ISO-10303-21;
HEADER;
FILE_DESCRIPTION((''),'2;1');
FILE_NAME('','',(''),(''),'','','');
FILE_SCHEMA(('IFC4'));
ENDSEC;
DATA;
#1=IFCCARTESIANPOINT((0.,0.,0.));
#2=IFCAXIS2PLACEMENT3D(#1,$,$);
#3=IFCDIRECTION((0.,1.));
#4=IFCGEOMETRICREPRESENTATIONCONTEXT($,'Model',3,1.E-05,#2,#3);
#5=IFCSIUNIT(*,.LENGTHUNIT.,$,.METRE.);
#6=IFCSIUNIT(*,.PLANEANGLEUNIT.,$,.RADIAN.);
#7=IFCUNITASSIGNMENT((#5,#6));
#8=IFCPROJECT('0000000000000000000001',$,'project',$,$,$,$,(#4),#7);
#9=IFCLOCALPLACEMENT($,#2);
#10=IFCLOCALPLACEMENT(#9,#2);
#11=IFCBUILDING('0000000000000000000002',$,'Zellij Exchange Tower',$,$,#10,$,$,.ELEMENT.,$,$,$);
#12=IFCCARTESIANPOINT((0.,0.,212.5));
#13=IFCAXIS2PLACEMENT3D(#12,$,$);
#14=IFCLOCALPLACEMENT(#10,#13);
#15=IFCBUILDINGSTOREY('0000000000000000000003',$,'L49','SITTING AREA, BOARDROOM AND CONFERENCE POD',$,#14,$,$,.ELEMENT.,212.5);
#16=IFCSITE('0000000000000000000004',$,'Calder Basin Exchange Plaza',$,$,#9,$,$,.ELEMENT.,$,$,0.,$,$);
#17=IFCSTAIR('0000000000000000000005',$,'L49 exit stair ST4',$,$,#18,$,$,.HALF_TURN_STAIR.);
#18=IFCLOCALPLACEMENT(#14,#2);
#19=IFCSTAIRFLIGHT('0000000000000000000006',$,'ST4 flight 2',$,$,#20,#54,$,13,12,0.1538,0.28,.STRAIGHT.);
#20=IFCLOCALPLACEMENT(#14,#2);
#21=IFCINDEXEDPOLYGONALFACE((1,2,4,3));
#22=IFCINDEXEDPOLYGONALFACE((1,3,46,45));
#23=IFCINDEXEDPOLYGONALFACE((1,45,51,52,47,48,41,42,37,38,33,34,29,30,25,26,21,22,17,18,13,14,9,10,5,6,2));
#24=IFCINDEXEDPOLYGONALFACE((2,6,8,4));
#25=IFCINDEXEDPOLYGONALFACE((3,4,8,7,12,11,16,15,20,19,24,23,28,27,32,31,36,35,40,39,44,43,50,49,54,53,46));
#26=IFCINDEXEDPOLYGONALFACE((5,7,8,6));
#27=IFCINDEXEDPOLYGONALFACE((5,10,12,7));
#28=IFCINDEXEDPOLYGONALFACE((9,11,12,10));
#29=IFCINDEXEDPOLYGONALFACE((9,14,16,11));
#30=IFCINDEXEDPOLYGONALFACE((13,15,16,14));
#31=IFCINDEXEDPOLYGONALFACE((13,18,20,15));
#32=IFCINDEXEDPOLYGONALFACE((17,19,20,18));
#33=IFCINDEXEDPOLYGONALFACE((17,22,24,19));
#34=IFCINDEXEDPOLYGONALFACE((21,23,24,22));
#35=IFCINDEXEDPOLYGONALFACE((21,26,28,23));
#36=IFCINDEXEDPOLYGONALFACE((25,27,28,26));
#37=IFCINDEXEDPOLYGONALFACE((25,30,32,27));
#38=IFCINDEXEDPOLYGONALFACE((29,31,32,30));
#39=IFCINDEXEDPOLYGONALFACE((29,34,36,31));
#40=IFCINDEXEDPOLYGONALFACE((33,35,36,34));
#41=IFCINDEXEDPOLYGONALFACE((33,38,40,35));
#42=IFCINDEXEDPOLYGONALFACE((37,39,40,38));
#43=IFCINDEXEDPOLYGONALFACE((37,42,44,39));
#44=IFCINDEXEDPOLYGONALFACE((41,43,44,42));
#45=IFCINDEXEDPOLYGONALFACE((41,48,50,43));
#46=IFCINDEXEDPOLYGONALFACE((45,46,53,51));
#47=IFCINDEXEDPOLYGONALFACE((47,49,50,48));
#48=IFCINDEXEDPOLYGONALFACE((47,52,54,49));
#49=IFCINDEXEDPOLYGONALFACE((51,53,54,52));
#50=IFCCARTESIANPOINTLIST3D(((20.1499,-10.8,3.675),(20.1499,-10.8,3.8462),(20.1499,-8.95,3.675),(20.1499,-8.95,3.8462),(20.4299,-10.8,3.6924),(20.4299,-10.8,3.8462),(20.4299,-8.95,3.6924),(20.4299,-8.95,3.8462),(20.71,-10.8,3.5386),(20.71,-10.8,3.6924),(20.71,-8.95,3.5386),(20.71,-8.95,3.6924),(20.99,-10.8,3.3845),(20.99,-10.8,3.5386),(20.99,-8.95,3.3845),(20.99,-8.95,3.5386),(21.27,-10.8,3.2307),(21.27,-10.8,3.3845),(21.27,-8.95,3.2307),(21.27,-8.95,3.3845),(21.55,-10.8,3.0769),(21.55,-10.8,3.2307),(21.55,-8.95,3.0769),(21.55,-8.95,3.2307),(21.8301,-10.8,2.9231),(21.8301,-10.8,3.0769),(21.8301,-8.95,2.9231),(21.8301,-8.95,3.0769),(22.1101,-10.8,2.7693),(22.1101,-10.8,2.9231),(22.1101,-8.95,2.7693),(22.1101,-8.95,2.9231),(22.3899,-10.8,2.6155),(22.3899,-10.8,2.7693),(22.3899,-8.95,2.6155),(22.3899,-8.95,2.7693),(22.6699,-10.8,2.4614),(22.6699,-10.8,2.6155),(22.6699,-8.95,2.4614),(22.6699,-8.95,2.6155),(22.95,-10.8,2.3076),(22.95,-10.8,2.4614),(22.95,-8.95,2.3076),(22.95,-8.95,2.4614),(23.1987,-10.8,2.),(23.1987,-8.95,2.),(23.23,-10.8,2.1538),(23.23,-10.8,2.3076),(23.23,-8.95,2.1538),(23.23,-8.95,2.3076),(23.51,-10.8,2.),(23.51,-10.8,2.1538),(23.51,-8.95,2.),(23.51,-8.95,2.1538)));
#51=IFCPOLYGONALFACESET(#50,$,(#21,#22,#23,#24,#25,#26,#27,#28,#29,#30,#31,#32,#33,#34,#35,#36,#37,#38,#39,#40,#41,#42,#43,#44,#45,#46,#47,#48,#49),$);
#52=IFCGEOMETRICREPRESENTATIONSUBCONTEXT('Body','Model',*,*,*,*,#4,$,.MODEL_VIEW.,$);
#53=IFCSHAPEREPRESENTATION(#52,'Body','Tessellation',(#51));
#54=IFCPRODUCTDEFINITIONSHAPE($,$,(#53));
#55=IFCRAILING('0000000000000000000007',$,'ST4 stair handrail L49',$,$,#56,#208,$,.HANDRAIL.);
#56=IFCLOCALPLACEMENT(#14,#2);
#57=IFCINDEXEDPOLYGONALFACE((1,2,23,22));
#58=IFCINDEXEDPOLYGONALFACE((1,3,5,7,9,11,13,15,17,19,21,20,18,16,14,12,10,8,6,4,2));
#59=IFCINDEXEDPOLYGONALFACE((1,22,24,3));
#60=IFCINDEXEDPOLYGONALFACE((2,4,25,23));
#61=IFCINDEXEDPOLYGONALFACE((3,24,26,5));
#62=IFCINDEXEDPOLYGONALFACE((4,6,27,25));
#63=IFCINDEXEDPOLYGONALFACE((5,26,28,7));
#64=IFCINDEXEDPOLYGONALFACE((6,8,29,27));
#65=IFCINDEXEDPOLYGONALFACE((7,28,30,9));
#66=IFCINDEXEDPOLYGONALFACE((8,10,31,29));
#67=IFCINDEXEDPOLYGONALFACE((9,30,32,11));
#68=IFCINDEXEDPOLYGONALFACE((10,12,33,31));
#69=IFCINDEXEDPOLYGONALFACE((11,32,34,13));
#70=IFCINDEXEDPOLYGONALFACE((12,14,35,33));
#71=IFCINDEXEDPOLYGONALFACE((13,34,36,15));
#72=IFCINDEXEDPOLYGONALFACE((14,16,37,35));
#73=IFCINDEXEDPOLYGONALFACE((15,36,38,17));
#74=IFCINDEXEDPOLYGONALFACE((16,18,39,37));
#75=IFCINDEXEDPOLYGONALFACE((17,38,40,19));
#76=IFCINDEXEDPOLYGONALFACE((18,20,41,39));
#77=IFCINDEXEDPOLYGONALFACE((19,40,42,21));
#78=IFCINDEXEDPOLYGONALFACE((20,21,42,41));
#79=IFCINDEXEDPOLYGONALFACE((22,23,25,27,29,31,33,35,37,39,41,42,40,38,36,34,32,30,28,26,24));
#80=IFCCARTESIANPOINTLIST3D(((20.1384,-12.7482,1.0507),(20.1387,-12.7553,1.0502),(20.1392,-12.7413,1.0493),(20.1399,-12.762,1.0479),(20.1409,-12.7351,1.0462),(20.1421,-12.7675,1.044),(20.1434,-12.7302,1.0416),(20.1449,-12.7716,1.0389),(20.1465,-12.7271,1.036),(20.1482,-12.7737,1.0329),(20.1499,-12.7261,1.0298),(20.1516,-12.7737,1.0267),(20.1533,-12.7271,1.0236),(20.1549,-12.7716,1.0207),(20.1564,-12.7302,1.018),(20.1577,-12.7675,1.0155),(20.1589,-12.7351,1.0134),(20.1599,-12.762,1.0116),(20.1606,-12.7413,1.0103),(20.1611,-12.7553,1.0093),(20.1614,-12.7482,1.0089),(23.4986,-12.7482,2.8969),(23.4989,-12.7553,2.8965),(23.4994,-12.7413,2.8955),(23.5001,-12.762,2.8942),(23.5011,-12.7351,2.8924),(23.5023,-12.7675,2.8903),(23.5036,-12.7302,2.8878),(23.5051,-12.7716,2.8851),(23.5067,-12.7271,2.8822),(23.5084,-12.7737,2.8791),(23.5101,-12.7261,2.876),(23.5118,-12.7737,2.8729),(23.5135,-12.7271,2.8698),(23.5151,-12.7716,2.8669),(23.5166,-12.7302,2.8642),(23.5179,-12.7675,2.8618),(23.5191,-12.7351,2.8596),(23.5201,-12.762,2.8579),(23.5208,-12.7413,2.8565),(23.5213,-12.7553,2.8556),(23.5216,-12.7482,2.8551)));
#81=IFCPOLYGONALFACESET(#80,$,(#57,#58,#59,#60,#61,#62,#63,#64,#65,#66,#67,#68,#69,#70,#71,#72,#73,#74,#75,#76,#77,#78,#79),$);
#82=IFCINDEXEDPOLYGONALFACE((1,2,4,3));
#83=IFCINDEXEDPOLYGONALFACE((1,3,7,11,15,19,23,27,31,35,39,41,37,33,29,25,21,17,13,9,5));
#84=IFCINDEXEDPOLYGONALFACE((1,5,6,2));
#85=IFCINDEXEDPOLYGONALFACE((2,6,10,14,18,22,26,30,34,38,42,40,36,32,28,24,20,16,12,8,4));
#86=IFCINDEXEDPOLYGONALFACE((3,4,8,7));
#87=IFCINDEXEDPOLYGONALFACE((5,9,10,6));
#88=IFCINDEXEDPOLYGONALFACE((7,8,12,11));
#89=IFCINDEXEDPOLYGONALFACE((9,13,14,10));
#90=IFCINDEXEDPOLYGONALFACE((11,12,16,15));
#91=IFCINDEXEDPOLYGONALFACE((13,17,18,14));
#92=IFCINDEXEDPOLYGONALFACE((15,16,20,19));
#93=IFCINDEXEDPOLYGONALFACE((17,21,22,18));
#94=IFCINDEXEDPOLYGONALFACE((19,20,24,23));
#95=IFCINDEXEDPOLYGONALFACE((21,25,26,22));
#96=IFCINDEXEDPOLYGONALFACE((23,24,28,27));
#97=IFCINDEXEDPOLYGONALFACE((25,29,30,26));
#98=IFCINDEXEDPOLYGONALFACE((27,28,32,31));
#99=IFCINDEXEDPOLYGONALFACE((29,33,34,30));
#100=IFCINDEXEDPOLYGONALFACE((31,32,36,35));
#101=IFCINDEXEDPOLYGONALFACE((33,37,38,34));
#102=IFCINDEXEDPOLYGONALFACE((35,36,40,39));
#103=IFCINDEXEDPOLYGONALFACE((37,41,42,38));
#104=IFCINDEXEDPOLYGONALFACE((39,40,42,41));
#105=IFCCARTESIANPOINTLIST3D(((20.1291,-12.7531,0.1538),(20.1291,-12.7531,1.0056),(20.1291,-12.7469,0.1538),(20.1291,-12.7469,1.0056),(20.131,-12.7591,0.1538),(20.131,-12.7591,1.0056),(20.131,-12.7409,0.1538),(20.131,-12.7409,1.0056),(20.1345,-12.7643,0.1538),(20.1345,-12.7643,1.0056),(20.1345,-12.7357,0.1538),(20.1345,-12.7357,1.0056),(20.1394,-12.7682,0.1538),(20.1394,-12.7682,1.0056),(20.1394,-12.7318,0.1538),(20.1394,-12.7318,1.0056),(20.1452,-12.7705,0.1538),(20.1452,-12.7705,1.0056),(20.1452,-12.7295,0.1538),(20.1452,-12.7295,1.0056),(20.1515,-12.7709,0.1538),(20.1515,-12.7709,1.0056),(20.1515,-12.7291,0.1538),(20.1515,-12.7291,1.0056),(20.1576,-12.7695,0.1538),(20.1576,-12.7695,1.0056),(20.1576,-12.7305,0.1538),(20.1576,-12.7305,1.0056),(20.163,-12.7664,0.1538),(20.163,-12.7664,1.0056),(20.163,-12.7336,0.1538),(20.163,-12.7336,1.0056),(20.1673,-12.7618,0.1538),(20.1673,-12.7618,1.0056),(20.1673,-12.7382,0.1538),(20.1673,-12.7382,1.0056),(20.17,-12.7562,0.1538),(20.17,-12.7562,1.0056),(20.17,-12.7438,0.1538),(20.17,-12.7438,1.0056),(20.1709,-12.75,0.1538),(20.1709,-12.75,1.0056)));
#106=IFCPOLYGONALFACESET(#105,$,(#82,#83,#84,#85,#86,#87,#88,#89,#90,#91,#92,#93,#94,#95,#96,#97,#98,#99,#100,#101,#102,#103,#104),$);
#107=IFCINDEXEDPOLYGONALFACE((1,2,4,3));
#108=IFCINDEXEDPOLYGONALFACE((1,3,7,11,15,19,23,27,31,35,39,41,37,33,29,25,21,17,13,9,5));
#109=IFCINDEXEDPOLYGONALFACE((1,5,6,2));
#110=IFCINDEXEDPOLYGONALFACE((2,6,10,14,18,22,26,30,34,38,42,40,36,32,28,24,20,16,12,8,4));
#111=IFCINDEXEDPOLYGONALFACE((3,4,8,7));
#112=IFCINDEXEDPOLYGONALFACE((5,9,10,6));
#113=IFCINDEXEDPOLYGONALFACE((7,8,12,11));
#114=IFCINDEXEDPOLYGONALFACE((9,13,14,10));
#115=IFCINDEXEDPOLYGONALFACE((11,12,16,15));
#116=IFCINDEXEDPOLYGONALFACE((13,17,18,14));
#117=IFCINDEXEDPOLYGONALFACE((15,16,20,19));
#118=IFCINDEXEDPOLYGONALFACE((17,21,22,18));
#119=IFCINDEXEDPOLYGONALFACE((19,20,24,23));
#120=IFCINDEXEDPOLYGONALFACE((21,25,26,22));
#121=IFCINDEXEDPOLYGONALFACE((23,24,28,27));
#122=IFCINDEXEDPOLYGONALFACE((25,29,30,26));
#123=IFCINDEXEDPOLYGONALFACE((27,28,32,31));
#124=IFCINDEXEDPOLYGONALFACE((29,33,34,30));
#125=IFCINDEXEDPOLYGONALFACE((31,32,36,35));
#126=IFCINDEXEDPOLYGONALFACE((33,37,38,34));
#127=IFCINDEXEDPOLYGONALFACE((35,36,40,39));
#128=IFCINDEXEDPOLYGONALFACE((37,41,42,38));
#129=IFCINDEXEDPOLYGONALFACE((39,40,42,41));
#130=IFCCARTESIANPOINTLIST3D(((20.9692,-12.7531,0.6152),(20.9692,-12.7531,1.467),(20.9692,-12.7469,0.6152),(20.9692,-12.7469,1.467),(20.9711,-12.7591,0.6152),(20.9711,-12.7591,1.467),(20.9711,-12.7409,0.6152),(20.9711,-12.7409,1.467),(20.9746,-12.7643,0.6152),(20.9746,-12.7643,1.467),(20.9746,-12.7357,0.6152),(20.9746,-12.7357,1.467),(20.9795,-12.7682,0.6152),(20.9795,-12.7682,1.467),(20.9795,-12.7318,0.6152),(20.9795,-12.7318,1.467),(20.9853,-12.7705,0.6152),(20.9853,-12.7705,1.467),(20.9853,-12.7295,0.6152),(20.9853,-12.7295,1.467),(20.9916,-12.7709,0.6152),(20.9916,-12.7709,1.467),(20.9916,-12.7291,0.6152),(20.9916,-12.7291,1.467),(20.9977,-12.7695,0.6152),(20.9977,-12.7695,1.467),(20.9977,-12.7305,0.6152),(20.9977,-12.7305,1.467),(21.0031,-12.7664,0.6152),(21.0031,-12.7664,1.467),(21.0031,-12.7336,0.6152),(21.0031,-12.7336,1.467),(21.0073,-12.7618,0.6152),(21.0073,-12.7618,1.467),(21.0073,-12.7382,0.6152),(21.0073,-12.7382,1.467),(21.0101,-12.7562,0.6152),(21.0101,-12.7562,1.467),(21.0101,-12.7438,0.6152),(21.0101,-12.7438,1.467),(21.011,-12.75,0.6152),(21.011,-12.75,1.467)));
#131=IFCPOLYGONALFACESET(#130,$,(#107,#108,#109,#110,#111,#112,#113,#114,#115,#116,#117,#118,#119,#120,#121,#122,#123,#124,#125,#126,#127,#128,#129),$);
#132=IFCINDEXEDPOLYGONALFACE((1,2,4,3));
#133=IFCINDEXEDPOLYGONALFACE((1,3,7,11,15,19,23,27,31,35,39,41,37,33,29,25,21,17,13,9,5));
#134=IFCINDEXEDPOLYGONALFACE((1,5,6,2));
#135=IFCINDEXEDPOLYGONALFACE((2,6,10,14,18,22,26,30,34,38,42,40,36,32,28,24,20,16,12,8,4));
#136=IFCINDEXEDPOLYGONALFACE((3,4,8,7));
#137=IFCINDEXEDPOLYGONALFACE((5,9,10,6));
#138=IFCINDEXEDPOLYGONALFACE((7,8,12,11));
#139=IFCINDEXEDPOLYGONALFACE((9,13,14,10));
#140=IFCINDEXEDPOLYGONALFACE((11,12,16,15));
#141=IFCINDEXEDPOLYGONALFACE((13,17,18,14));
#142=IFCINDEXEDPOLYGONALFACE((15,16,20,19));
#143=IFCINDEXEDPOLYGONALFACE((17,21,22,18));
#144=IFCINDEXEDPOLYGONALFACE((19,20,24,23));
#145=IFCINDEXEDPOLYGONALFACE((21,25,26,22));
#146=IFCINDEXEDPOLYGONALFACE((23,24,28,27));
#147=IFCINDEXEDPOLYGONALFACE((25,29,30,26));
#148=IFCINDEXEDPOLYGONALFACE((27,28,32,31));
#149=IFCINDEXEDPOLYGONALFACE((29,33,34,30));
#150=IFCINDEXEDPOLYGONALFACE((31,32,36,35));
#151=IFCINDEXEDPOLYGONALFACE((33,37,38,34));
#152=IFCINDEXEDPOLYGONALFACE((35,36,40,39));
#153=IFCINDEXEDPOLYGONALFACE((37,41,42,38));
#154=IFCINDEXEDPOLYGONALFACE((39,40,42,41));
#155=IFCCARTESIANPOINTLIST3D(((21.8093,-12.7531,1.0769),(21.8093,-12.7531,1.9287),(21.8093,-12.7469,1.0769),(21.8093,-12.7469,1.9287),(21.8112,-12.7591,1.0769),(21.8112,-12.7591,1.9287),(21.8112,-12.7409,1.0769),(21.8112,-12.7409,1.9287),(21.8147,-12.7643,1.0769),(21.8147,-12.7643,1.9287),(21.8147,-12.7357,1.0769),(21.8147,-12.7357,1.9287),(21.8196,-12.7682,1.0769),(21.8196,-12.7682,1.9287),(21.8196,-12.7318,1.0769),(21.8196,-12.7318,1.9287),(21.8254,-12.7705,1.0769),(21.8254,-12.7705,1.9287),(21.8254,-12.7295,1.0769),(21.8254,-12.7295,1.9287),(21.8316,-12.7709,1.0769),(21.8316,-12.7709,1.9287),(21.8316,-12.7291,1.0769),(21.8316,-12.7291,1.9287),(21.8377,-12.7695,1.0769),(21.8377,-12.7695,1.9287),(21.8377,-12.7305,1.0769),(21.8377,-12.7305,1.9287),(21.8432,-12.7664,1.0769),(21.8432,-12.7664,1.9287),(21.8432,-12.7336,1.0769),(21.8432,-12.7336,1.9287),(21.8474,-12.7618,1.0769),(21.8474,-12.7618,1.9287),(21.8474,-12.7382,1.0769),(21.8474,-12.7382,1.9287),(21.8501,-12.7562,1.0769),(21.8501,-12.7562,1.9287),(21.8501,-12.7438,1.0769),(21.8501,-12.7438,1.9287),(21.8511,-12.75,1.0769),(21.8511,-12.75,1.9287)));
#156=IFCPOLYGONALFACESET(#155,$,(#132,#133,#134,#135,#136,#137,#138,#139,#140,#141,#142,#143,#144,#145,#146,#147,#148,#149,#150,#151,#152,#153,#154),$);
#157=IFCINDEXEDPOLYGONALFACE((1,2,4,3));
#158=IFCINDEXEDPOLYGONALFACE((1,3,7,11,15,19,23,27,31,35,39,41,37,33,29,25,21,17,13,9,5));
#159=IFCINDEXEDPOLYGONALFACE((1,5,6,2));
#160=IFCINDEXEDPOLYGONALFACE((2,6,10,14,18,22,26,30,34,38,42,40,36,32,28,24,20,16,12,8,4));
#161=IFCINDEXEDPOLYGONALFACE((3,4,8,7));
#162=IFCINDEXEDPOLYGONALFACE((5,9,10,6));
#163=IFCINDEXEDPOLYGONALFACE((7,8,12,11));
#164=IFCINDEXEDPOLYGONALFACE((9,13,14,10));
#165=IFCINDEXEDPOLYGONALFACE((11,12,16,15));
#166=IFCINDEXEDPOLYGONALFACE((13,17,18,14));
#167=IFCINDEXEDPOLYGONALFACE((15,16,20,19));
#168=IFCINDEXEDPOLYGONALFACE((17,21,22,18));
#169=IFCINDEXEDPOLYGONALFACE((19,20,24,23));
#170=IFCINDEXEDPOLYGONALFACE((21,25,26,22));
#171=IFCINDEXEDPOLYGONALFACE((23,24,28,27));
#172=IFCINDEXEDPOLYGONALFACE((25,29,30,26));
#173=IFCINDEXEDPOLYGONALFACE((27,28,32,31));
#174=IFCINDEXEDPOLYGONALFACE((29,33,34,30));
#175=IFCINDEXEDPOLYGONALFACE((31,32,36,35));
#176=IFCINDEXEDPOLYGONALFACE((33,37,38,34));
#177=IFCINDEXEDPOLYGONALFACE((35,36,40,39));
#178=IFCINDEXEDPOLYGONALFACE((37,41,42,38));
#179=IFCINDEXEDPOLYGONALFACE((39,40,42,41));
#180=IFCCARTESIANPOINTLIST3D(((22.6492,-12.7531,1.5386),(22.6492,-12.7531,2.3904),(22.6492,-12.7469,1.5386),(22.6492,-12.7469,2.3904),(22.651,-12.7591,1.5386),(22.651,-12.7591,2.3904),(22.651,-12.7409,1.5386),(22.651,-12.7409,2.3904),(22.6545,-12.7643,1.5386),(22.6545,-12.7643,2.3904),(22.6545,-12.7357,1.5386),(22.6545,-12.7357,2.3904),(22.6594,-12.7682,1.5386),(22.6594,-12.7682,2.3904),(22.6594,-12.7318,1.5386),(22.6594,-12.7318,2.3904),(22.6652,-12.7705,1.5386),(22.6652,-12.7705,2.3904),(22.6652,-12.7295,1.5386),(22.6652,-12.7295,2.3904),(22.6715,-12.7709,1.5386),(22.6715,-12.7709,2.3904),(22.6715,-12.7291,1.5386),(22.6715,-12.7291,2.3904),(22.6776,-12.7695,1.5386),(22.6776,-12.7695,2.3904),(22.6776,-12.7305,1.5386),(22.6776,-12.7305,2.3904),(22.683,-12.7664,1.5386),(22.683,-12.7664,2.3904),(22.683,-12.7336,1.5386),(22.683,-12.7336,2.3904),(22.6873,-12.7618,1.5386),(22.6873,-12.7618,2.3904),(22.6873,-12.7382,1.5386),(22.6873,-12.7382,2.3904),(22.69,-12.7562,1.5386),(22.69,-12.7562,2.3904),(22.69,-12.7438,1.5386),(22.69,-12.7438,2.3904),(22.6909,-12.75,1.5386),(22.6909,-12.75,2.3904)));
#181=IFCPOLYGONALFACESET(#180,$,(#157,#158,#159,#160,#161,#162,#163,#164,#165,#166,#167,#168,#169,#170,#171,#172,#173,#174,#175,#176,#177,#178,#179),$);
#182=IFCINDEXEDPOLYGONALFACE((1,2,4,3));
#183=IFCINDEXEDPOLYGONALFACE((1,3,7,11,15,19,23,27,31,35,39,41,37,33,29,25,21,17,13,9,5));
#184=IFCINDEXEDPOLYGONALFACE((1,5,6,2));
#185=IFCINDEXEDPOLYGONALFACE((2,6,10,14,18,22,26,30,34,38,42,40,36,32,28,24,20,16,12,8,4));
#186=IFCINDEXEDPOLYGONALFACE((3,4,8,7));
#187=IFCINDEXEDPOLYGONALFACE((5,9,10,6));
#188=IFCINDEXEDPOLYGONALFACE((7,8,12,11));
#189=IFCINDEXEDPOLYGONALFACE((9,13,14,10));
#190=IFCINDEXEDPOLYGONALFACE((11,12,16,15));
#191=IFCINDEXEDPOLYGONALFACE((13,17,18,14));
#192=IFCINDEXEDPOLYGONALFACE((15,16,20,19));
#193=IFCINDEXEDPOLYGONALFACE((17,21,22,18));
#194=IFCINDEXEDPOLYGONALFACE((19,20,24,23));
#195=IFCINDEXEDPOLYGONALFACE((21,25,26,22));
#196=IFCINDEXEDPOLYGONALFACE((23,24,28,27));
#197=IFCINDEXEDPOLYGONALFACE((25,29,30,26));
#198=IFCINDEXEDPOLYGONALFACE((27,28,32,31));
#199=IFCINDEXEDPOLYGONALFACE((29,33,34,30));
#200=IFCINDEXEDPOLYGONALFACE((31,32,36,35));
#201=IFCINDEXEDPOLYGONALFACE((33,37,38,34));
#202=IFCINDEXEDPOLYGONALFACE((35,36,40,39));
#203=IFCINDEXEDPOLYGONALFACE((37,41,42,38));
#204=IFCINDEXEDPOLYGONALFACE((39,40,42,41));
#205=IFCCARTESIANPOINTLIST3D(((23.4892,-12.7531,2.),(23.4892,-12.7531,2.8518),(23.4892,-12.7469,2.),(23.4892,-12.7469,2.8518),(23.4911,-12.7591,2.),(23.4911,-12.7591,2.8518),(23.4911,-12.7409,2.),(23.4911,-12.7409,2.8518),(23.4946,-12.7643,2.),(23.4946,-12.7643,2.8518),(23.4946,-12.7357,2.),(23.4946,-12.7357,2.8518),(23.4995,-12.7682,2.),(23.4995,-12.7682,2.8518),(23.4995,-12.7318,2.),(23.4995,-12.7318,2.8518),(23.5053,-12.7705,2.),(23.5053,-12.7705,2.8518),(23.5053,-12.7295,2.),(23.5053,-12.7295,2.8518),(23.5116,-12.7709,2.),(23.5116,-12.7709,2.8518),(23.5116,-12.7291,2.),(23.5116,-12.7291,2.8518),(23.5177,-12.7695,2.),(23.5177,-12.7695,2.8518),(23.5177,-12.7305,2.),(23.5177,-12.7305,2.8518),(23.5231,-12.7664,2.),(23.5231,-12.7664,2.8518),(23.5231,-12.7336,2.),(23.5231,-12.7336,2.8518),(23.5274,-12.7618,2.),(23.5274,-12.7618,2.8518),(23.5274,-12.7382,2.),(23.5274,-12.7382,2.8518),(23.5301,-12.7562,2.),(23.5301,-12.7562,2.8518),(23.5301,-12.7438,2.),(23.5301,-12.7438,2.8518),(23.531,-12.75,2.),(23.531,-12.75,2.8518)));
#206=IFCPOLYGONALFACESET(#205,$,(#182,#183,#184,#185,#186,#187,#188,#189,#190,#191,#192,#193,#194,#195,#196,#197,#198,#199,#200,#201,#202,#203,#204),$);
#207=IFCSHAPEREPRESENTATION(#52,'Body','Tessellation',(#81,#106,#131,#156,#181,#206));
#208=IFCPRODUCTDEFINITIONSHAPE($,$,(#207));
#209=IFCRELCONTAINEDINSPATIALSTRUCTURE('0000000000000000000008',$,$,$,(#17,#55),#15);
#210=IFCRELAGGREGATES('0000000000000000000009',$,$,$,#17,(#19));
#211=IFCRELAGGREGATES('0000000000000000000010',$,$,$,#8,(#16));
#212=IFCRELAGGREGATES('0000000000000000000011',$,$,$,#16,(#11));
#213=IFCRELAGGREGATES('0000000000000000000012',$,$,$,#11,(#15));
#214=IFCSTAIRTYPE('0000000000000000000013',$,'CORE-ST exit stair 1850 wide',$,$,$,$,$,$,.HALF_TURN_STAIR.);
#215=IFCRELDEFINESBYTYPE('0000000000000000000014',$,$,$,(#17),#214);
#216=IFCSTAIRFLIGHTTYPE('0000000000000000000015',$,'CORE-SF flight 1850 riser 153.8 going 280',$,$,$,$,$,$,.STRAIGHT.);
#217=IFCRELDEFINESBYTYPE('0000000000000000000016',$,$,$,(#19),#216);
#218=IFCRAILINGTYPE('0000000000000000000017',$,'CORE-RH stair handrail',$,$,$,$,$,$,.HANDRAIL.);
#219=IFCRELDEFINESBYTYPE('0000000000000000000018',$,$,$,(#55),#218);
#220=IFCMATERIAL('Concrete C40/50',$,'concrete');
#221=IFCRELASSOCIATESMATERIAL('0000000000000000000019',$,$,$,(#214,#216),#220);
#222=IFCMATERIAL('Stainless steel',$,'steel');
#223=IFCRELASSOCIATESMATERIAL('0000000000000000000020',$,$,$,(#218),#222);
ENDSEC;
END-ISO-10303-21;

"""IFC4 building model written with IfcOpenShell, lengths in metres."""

from ifc_helpers import new_model, si_unit, direction, frame, origin, origin_2d, place, context, subcontext, project, spatial, polyline, circle, outline, extrude, material, type_object, element, aggregate, save


model = new_model("IFC4")

# Units and contexts
model_context = context("Model", 3, precision=1e-05, world=origin(), true_north=direction((0.0, 1.0)))
body_context = subcontext(model_context, "Body", "Model", "MODEL_VIEW")
ifc_project = project(units=[si_unit("LENGTHUNIT", "METRE"), si_unit("PLANEANGLEUNIT", "RADIAN")], contexts=[model_context])

# Site, building, storey
site_placement = place(None, origin())
site = spatial("IfcSite", under=ifc_project, at=site_placement, Name="Calder Basin Exchange Plaza", CompositionType="ELEMENT", RefElevation=0.0)
building_placement = place(site_placement, origin())
building = spatial("IfcBuilding", under=site, at=building_placement, Name="Zellij Exchange Tower", CompositionType="ELEMENT")
storey_placement = place(building_placement, frame((0.0, 0.0, 212.5)))
storey = spatial("IfcBuildingStorey", under=building, at=storey_placement, Name="L49", Description="SITTING AREA, BOARDROOM AND CONFERENCE POD", CompositionType="ELEMENT", Elevation=212.5)

# Stair, stair flight
ifc_material_1 = material(Name="Concrete C40/50", Category="concrete")
stair_type = type_object("IfcStairType", Name="CORE-ST exit stair 1850 wide", PredefinedType="HALF_TURN_STAIR", material=ifc_material_1)
stair_placement = place(storey_placement, origin())
stair = element("IfcStair", 1, at=stair_placement, inside=storey, type_object=stair_type, Name="L49 exit stair ST4", PredefinedType="HALF_TURN_STAIR")
stair_flight_type = type_object("IfcStairFlightType", Name="CORE-SF flight 1850 riser 153.8 going 280", PredefinedType="STRAIGHT", material=ifc_material_1)
stair_flight_1_placement = place(storey_placement, frame((23.51, -9.875, 2.0), z_axis=(0.0, 0.0, 1.0), x_axis=(-1.0, 0.0, 0.0)))
stair_flight_1 = element("IfcStairFlight", 2, at=stair_flight_1_placement, type_object=stair_flight_type, Name="ST4 flight 2", NumberOfRisers=13, NumberOfTreads=12, PredefinedType="STRAIGHT", RiserHeight=0.1538, TreadLength=0.28, context=body_context, shape_type="SweptSolid", body=[
    extrude(outline(polyline([(0.0, 0.0), (0.0, 0.1538), (0.28, 0.1538), (0.28, 0.3076), (0.5601, 0.3076), (0.5601, 0.4614), (0.8401, 0.4614), (0.8401, 0.6155), (1.1201, 0.6155), (1.1201, 0.7693), (1.3999, 0.7693), (1.3999, 0.9231), (1.6799, 0.9231), (1.6799, 1.0769), (1.96, 1.0769), (1.96, 1.2307), (2.24, 1.2307), (2.24, 1.3845), (2.52, 1.3845), (2.52, 1.5386), (2.8, 1.5386), (2.8, 1.6924), (3.0801, 1.6924), (3.0801, 1.8462), (3.3601, 1.8462), (3.3601, 2.0), (3.3601, 1.675), (0.3113, 0.0), (0.0, 0.0)])), frame((0.0, 0.925, 0.0), z_axis=(0.0, -1.0, 0.0), x_axis=(1.0, 0.0, 0.0)), (0.0, 0.0, 1.0), 1.8501),
])
aggregate(stair, [stair_flight_1])

# Railing
ifc_material_2 = material(Name="Stainless steel", Category="steel")
railing_type_1 = type_object("IfcRailingType", Name="CORE-RH stair handrail", PredefinedType="HANDRAIL", material=ifc_material_2)
railing_1_placement = place(storey_placement, frame((20.1499, -12.75, 0.1538)))
element("IfcRailing", 3, at=railing_1_placement, inside=storey, type_object=railing_type_1, Name="ST4 stair handrail L49", PredefinedType="HANDRAIL", context=body_context, shape_type="SweptSolid", body=[
    extrude(circle(Radius=0.0239, at=origin_2d()), frame((0.0, 0.0, 0.876), z_axis=(0.876422, 0.0, 0.481545), x_axis=(0.0, 1.0, 0.0)), (0.0, 0.0, 1.0), 3.834),
    extrude(circle(Radius=0.021, at=origin_2d()), origin(), (0.0, 0.0, 1.0), 0.8518),
    extrude(circle(Radius=0.021, at=origin_2d()), frame((0.8401, 0.0, 0.4614)), (0.0, 0.0, 1.0), 0.8518),
    extrude(circle(Radius=0.021, at=origin_2d()), frame((1.6802, 0.0, 0.9231)), (0.0, 0.0, 1.0), 0.8518),
    extrude(circle(Radius=0.021, at=origin_2d()), frame((2.52, 0.0, 1.3848)), (0.0, 0.0, 1.0), 0.8518),
    extrude(circle(Radius=0.021, at=origin_2d()), frame((3.3601, 0.0, 1.8462)), (0.0, 0.0, 1.0), 0.8518),
])

save(model, "model.ifc")
